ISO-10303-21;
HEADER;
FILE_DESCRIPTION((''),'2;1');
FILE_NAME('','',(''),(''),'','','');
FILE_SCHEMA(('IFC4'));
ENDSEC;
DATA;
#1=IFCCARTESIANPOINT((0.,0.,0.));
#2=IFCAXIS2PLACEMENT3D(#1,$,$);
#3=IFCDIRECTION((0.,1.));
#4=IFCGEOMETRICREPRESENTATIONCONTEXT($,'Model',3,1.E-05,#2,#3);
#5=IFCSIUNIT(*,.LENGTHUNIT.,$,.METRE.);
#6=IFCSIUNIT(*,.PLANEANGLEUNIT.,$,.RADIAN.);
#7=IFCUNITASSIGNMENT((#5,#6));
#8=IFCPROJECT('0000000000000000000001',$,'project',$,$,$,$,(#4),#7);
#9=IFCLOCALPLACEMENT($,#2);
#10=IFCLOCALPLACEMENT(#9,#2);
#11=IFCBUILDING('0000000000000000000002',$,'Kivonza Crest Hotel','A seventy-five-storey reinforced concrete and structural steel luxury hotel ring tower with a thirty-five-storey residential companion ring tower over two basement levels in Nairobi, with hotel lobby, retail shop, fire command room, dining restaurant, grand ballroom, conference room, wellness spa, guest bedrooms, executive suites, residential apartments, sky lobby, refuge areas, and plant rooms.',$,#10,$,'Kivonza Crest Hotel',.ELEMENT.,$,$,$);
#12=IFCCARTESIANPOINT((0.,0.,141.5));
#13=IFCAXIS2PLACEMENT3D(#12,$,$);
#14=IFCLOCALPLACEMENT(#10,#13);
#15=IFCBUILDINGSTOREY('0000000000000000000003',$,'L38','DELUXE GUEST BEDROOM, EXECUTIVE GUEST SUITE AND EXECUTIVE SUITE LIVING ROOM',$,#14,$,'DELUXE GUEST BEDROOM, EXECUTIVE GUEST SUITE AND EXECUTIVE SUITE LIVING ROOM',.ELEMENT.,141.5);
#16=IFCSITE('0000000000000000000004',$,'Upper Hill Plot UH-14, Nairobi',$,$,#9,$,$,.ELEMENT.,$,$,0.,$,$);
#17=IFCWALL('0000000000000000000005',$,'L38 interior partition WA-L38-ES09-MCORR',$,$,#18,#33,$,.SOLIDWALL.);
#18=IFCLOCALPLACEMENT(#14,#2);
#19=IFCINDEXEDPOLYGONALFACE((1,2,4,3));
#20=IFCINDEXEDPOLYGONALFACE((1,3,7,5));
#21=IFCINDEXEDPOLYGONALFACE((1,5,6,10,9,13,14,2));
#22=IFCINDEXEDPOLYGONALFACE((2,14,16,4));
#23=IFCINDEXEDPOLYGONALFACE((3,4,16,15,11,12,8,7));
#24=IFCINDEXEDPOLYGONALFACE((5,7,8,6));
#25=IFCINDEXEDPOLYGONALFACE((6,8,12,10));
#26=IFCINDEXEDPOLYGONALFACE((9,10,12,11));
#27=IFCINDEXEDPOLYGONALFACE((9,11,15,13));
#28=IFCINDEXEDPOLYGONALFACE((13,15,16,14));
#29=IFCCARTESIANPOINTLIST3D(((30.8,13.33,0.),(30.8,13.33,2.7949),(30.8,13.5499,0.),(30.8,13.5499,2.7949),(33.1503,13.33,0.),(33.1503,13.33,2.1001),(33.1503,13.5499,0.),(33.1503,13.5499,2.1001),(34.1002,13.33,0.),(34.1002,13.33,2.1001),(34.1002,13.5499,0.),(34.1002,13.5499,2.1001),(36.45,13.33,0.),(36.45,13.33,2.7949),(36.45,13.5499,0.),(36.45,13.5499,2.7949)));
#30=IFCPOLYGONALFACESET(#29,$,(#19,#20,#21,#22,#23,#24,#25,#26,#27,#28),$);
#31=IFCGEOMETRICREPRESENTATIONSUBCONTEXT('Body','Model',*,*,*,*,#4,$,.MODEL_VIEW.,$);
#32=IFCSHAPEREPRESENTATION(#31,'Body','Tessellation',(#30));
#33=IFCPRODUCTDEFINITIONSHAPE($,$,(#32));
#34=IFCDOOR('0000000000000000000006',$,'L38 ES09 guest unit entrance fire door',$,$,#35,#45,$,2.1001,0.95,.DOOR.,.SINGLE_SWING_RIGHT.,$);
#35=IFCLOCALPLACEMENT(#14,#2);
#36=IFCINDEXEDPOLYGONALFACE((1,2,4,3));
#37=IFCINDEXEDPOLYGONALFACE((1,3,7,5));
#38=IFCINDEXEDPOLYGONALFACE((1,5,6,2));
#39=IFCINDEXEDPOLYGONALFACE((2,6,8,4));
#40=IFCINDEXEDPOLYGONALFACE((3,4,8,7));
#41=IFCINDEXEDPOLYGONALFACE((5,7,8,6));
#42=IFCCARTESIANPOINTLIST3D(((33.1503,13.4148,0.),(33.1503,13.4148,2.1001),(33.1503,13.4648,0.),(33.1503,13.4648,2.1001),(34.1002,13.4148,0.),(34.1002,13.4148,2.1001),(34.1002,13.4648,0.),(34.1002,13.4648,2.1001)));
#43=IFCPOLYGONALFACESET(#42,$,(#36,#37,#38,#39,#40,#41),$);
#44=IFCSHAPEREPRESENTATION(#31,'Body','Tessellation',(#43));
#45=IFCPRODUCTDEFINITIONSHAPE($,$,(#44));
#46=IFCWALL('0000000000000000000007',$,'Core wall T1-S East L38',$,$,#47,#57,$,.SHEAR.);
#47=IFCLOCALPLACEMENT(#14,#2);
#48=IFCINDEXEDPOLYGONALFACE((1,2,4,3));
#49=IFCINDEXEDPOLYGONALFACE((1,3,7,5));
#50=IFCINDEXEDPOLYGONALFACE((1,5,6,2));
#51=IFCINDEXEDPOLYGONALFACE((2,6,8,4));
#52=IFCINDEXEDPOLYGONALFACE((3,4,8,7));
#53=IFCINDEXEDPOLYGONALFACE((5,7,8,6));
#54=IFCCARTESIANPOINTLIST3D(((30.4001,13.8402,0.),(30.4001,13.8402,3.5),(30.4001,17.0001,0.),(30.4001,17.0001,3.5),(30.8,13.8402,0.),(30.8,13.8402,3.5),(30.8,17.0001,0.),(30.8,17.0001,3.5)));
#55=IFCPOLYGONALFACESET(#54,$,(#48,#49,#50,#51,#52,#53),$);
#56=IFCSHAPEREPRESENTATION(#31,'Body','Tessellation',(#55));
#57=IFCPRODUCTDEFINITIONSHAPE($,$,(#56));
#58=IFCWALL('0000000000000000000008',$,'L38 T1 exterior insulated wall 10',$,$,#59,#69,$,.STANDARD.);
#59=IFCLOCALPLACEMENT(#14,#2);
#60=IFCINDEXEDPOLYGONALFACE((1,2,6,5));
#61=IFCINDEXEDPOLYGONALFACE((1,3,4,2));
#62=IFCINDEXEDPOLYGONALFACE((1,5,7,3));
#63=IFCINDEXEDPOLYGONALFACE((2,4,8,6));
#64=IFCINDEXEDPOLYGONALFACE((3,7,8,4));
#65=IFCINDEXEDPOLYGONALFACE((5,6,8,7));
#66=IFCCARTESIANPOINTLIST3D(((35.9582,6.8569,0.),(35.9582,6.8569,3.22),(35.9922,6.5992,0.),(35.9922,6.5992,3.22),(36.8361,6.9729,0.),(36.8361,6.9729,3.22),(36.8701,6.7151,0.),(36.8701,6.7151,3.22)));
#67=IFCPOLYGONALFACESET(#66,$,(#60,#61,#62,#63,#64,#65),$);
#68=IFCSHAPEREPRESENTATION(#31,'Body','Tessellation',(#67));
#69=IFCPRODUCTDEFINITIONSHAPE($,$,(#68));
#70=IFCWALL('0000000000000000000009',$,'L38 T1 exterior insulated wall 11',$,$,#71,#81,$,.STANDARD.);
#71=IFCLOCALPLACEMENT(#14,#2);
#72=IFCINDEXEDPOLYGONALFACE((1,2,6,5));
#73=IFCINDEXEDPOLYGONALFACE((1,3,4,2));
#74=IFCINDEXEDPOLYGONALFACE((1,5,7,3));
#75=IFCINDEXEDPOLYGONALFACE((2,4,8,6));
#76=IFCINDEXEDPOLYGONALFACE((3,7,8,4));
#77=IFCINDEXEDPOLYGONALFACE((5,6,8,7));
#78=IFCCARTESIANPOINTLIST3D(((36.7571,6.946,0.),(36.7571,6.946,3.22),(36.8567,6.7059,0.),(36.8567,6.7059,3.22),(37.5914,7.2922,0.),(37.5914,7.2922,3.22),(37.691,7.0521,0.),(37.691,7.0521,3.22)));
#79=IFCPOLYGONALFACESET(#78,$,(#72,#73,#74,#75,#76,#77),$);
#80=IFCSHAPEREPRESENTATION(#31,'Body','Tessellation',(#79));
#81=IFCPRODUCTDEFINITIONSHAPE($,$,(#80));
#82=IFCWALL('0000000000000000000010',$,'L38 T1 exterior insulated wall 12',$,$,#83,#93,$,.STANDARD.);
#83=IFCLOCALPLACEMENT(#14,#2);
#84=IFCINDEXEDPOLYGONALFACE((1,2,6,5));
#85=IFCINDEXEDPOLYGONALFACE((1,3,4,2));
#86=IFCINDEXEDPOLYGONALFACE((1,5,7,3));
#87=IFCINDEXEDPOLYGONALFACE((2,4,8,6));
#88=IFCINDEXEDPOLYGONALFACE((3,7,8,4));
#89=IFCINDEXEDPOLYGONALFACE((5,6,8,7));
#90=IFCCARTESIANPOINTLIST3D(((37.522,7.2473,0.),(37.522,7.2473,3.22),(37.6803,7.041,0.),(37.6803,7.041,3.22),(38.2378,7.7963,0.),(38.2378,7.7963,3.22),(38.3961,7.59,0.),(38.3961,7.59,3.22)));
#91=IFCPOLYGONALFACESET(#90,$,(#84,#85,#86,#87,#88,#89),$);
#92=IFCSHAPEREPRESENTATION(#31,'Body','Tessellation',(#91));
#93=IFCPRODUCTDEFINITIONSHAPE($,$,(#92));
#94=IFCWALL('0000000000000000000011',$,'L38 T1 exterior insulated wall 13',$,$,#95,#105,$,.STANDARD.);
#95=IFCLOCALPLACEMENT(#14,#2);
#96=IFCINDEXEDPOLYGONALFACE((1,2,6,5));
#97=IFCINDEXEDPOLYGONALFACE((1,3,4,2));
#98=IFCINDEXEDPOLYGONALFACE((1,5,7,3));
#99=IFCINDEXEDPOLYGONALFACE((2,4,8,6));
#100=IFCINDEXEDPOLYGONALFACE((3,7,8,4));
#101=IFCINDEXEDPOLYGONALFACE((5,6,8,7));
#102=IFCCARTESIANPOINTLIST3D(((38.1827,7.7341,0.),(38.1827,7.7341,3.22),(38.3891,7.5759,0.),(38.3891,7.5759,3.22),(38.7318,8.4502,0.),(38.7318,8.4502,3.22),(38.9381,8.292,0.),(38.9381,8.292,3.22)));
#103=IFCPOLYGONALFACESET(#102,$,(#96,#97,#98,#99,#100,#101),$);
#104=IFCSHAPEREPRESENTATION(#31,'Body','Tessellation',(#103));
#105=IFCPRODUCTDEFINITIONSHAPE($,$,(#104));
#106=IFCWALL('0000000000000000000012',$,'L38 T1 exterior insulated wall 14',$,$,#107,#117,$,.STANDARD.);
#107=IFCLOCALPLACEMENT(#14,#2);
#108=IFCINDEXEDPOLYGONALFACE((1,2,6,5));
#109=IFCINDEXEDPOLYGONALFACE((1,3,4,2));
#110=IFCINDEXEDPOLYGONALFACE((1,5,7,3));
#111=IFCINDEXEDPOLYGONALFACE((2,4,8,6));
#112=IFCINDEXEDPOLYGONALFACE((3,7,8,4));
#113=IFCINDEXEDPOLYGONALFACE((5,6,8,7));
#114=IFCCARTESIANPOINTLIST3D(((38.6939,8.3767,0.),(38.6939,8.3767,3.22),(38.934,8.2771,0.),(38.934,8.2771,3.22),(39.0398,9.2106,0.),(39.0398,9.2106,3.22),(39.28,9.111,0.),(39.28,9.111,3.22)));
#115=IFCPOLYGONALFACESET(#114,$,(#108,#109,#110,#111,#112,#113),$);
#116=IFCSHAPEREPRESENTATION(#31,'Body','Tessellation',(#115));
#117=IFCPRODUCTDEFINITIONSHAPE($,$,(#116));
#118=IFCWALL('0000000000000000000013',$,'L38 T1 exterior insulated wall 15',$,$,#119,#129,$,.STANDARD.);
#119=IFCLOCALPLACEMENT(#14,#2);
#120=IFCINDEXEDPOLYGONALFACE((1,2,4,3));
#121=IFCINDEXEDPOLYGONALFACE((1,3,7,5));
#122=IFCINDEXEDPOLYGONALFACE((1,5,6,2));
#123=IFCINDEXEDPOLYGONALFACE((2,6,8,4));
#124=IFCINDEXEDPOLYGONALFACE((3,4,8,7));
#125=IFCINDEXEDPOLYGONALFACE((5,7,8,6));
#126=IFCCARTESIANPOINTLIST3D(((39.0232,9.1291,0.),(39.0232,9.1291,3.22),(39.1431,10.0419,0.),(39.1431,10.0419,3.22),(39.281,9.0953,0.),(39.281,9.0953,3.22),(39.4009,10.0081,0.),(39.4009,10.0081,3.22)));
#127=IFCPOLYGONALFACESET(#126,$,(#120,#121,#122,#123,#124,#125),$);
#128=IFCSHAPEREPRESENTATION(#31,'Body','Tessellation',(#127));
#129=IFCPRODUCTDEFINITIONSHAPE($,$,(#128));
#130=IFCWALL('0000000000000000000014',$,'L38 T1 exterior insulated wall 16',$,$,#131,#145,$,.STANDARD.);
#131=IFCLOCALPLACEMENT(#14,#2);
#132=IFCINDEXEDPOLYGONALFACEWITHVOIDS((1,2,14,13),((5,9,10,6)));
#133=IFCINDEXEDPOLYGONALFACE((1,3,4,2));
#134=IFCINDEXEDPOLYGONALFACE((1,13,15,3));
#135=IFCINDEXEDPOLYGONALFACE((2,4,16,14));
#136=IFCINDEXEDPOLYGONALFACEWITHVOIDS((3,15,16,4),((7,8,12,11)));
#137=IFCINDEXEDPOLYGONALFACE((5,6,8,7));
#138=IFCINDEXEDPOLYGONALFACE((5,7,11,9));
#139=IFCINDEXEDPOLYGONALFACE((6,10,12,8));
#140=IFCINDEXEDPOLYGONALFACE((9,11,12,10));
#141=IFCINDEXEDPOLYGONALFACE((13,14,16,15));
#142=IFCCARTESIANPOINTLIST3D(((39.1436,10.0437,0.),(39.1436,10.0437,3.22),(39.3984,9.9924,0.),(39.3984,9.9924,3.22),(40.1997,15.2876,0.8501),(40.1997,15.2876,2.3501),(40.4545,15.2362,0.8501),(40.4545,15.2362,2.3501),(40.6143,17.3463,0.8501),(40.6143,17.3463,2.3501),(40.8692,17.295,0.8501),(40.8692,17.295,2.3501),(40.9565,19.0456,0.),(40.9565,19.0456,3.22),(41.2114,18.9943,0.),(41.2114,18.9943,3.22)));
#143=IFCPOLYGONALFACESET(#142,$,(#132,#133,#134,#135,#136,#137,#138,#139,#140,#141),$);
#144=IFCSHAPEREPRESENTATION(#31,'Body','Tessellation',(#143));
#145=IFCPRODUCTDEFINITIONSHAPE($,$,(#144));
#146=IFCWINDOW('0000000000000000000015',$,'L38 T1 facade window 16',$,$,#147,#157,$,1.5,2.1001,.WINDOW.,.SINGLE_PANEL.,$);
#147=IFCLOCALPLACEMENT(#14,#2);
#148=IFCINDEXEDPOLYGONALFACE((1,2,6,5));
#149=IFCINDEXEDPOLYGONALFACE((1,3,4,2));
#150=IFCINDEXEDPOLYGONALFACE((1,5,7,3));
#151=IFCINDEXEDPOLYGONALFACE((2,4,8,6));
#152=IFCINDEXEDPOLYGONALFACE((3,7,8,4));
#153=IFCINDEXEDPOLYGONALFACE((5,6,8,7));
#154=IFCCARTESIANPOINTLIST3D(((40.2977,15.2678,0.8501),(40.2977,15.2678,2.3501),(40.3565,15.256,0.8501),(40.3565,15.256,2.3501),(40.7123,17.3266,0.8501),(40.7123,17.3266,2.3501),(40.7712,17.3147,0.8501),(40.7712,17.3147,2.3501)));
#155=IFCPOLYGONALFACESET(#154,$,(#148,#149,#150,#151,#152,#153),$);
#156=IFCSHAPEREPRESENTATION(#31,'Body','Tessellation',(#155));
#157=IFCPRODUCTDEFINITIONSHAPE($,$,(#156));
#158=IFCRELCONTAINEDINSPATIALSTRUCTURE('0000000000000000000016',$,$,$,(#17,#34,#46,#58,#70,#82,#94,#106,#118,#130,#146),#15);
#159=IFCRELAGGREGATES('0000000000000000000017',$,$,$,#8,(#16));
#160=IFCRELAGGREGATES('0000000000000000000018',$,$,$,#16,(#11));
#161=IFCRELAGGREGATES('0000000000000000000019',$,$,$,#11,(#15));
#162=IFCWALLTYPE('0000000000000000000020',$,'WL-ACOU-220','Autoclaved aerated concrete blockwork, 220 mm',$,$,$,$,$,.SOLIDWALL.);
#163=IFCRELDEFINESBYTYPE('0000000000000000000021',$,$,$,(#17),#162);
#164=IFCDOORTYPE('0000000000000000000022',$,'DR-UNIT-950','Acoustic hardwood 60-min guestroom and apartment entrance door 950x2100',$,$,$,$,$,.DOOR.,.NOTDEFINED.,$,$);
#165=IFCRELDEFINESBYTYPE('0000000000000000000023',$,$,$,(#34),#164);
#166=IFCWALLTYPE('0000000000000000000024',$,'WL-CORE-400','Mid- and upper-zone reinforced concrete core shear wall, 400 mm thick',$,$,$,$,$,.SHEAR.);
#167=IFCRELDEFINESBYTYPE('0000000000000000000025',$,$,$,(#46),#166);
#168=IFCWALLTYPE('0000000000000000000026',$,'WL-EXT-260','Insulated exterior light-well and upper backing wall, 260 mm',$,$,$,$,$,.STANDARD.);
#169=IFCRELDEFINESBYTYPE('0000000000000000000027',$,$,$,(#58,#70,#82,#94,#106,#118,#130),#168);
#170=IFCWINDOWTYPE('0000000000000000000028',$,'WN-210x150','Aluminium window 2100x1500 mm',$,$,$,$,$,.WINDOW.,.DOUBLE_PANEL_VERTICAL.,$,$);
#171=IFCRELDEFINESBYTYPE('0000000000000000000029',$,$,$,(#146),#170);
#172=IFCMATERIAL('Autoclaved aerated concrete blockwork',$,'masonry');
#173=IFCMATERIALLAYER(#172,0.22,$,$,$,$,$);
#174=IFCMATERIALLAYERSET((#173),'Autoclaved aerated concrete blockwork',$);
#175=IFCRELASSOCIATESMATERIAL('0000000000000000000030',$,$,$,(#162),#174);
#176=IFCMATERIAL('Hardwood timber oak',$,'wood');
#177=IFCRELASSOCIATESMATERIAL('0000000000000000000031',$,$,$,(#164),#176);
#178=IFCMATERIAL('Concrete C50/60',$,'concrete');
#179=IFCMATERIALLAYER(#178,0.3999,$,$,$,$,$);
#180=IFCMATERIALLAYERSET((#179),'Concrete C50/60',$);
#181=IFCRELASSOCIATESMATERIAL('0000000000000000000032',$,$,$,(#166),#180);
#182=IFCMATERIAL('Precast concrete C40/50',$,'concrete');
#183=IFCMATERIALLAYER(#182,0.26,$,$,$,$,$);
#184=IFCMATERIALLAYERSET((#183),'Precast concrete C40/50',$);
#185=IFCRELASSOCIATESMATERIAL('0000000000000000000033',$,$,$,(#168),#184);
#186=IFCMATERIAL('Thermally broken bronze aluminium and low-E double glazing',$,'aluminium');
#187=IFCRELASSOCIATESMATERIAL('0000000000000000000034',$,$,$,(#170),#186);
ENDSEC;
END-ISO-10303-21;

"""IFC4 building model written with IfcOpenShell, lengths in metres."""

from ifc_helpers import new_model, si_unit, direction, frame, frame_2d, origin, place, context, subcontext, project, spatial, rectangle, extrude, material, layer, layer_set, type_object, element, fill, save


model = new_model("IFC4")

# Units and contexts
model_context = context("Model", 3, precision=1e-05, world=origin(), true_north=direction((0.0, 1.0)))
body_context = subcontext(model_context, "Body", "Model", "MODEL_VIEW")
ifc_project = project(units=[si_unit("LENGTHUNIT", "METRE"), si_unit("PLANEANGLEUNIT", "RADIAN")], contexts=[model_context])

# Site, building, storey
site_placement = place(None, origin())
site = spatial("IfcSite", under=ifc_project, at=site_placement, Name="Upper Hill Plot UH-14, Nairobi", CompositionType="ELEMENT", RefElevation=0.0)
building_placement = place(site_placement, origin())
building = spatial("IfcBuilding", under=site, at=building_placement, Name="Kivonza Crest Hotel", Description="A seventy-five-storey reinforced concrete and structural steel luxury hotel ring tower with a thirty-five-storey residential companion ring tower over two basement levels in Nairobi, with hotel lobby, retail shop, fire command room, dining restaurant, grand ballroom, conference room, wellness spa, guest bedrooms, executive suites, residential apartments, sky lobby, refuge areas, and plant rooms.", LongName="Kivonza Crest Hotel", CompositionType="ELEMENT")
storey_placement = place(building_placement, frame((0.0, 0.0, 141.5)))
storey = spatial("IfcBuildingStorey", under=building, at=storey_placement, Name="L38", Description="DELUXE GUEST BEDROOM, EXECUTIVE GUEST SUITE AND EXECUTIVE SUITE LIVING ROOM", LongName="DELUXE GUEST BEDROOM, EXECUTIVE GUEST SUITE AND EXECUTIVE SUITE LIVING ROOM", CompositionType="ELEMENT", Elevation=141.5)

# Shared definitions
ifc_material_1 = material(Name="Concrete C50/60", Category="concrete")

# Shared definitions
ifc_material_2 = material(Name="Autoclaved aerated concrete blockwork", Category="masonry")
ifc_layer_1 = layer(ifc_material_2, 0.22)
ifc_layer_set_1 = layer_set([ifc_layer_1], Name="Autoclaved aerated concrete blockwork")
wall_type_1 = type_object("IfcWallType", Name="WL-ACOU-220", Description="Autoclaved aerated concrete blockwork, 220 mm", PredefinedType="SOLIDWALL", material=ifc_layer_set_1)
ifc_material_3 = material(Name="Hardwood timber oak", Category="wood")

# Wall, opening, door
wall_1_placement = place(storey_placement, frame((30.8, 13.4399, 0.0), z_axis=(0.0, 0.0, 1.0), x_axis=(1.0, 0.0, 0.0)))
wall_1 = element("IfcWall", 1, at=wall_1_placement, inside=storey, type_object=wall_type_1, Name="L38 interior partition WA-L38-ES09-MCORR", PredefinedType="SOLIDWALL", context=body_context, shape_type="SweptSolid", body=[
    extrude(rectangle(XDim=5.6499, YDim=0.22, at=frame_2d((2.825, 0.0))), origin(), (0.0, 0.0, 1.0), 2.7949),
])
opening_1_placement = place(wall_1_placement, frame((2.3501, 0.0, 0.0)))
opening_1 = element("IfcOpeningElement", 2, at=opening_1_placement, cuts=wall_1, PredefinedType="OPENING", context=body_context, shape_type="SweptSolid", body=[
    extrude(rectangle(XDim=0.95, YDim=2.1001, at=frame_2d((0.4751, 1.05))), frame((0.0, 0.1201, 0.0), z_axis=(0.0, -1.0, 0.0), x_axis=(1.0, 0.0, 0.0)), (0.0, 0.0, 1.0), 0.24),
])
door_type_1 = type_object("IfcDoorType", Name="DR-UNIT-950", Description="Acoustic hardwood 60-min guestroom and apartment entrance door 950x2100", OperationType="NOTDEFINED", PredefinedType="DOOR", material=ifc_material_3)
door_1_placement = place(opening_1_placement, origin())
door_1 = element("IfcDoor", 3, at=door_1_placement, inside=storey, type_object=door_type_1, Name="L38 ES09 guest unit entrance fire door", OperationType="SINGLE_SWING_RIGHT", OverallHeight=2.1001, OverallWidth=0.95, PredefinedType="DOOR", context=body_context, shape_type="SweptSolid", body=[
    extrude(rectangle(XDim=0.95, YDim=2.1001, at=frame_2d((0.4751, 1.05))), frame((0.0, 0.0249, 0.0), z_axis=(0.0, -1.0, 0.0), x_axis=(1.0, 0.0, 0.0)), (0.0, 0.0, 1.0), 0.05),
])
fill(opening_1, door_1)

# Walls
ifc_layer_2 = layer(ifc_material_1, 0.3999)
ifc_layer_set_2 = layer_set([ifc_layer_2], Name="Concrete C50/60")
wall_type_2 = type_object("IfcWallType", Name="WL-CORE-400", Description="Mid- and upper-zone reinforced concrete core shear wall, 400 mm thick", PredefinedType="SHEAR", material=ifc_layer_set_2)
wall_2_placement = place(storey_placement, frame((30.6001, 13.8401, 0.0), z_axis=(0.0, 0.0, 1.0), x_axis=(0.0, 1.0, 0.0)))
element("IfcWall", 4, at=wall_2_placement, inside=storey, type_object=wall_type_2, Name="Core wall T1-S East L38", PredefinedType="SHEAR", context=body_context, shape_type="SweptSolid", body=[
    extrude(rectangle(XDim=3.1599, YDim=0.3999, at=frame_2d((1.5801, 0.0))), origin(), (0.0, 0.0, 1.0), 3.5),
])
ifc_material_4 = material(Name="Precast concrete C40/50", Category="concrete")
ifc_layer_3 = layer(ifc_material_4, 0.26)
ifc_layer_set_3 = layer_set([ifc_layer_3], Name="Precast concrete C40/50")
wall_type_3 = type_object("IfcWallType", Name="WL-EXT-260", Description="Insulated exterior light-well and upper backing wall, 260 mm", PredefinedType="STANDARD", material=ifc_layer_set_3)
wall_3_placement = place(storey_placement, frame((35.9751, 6.728, 0.0), z_axis=(0.0, 0.0, 1.0), x_axis=(0.991388, 0.130954, 0.0)))
element("IfcWall", 5, at=wall_3_placement, inside=storey, type_object=wall_type_3, Name="L38 T1 exterior insulated wall 10", PredefinedType="STANDARD", context=body_context, shape_type="SweptSolid", body=[
    extrude(rectangle(XDim=0.8855, YDim=0.26, at=frame_2d((0.4429, 0.0))), origin(), (0.0, 0.0, 1.0), 3.22),
])
wall_4_placement = place(storey_placement, frame((36.8069, 6.8259, 0.0), z_axis=(0.0, 0.0, 1.0), x_axis=(0.923628, 0.383291, 0.0)))
element("IfcWall", 6, at=wall_4_placement, inside=storey, type_object=wall_type_3, Name="L38 T1 exterior insulated wall 11", PredefinedType="STANDARD", context=body_context, shape_type="SweptSolid", body=[
    extrude(rectangle(XDim=0.9033, YDim=0.26, at=frame_2d((0.4517, 0.0))), origin(), (0.0, 0.0, 1.0), 3.22),
])
wall_5_placement = place(storey_placement, frame((37.6011, 7.144, 0.0), z_axis=(0.0, 0.0, 1.0), x_axis=(0.793458, 0.608625, 0.0)))
element("IfcWall", 7, at=wall_5_placement, inside=storey, type_object=wall_type_3, Name="L38 T1 exterior insulated wall 12", PredefinedType="STANDARD", context=body_context, shape_type="SweptSolid", body=[
    extrude(rectangle(XDim=0.9021, YDim=0.26, at=frame_2d((0.4512, 0.0))), origin(), (0.0, 0.0, 1.0), 3.22),
])
wall_6_placement = place(storey_placement, frame((38.2859, 7.655, 0.0), z_axis=(0.0, 0.0, 1.0), x_axis=(0.608494, 0.793558, 0.0)))
element("IfcWall", 8, at=wall_6_placement, inside=storey, type_object=wall_type_3, Name="L38 T1 exterior insulated wall 13", PredefinedType="STANDARD", context=body_context, shape_type="SweptSolid", body=[
    extrude(rectangle(XDim=0.9023, YDim=0.26, at=frame_2d((0.4512, 0.0))), origin(), (0.0, 0.0, 1.0), 3.22),
])
wall_7_placement = place(storey_placement, frame((38.814, 8.3269, 0.0), z_axis=(0.0, 0.0, 1.0), x_axis=(0.383156, 0.923684, 0.0)))
element("IfcWall", 9, at=wall_7_placement, inside=storey, type_object=wall_type_3, Name="L38 T1 exterior insulated wall 14", PredefinedType="STANDARD", context=body_context, shape_type="SweptSolid", body=[
    extrude(rectangle(XDim=0.9028, YDim=0.26, at=frame_2d((0.4514, 0.0))), origin(), (0.0, 0.0, 1.0), 3.22),
])
wall_8_placement = place(storey_placement, frame((39.1521, 9.1121, 0.0), z_axis=(0.0, 0.0, 1.0), x_axis=(0.130201, 0.991488, 0.0)))
element("IfcWall", 10, at=wall_8_placement, inside=storey, type_object=wall_type_3, Name="L38 T1 exterior insulated wall 15", PredefinedType="STANDARD", context=body_context, shape_type="SweptSolid", body=[
    extrude(rectangle(XDim=0.9207, YDim=0.26, at=frame_2d((0.4604, 0.0))), origin(), (0.0, 0.0, 1.0), 3.22),
])

# Wall, opening, window
wall_9_placement = place(storey_placement, frame((39.271, 10.0181, 0.0), z_axis=(0.0, 0.0, 1.0), x_axis=(0.197435, 0.980316, 0.0)))
wall_9 = element("IfcWall", 11, at=wall_9_placement, inside=storey, type_object=wall_type_3, Name="L38 T1 exterior insulated wall 16", PredefinedType="STANDARD", context=body_context, shape_type="SweptSolid", body=[
    extrude(rectangle(XDim=9.1826, YDim=0.26, at=frame_2d((4.5913, 0.0))), origin(), (0.0, 0.0, 1.0), 3.22),
])
opening_2_placement = place(wall_9_placement, frame((5.3491, 0.0, 0.8501)))
opening_2 = element("IfcOpeningElement", 12, at=opening_2_placement, cuts=wall_9, PredefinedType="OPENING", context=body_context, shape_type="SweptSolid", body=[
    extrude(rectangle(XDim=2.1001, YDim=1.5, at=frame_2d((1.05, 0.75))), frame((0.0, 0.1401, 0.0), z_axis=(0.0, -1.0, 0.0), x_axis=(1.0, 0.0, 0.0)), (0.0, 0.0, 1.0), 0.28),
])
ifc_material_5 = material(Name="Thermally broken bronze aluminium and low-E double glazing", Category="aluminium")
window_type = type_object("IfcWindowType", Name="WN-210x150", Description="Aluminium window 2100x1500 mm", PartitioningType="DOUBLE_PANEL_VERTICAL", PredefinedType="WINDOW", material=ifc_material_5)
window_placement = place(opening_2_placement, origin())
window = element("IfcWindow", 13, at=window_placement, inside=storey, type_object=window_type, Name="L38 T1 facade window 16", OverallHeight=1.5, OverallWidth=2.1001, PartitioningType="SINGLE_PANEL", PredefinedType="WINDOW", context=body_context, shape_type="SweptSolid", body=[
    extrude(rectangle(XDim=2.1001, YDim=1.5, at=frame_2d((1.05, 0.75))), frame((0.0, 0.03, 0.0), z_axis=(0.0, -1.0, 0.0), x_axis=(1.0, 0.0, 0.0)), (0.0, 0.0, 1.0), 0.0601),
])
fill(opening_2, window)

save(model, "model.ifc")
